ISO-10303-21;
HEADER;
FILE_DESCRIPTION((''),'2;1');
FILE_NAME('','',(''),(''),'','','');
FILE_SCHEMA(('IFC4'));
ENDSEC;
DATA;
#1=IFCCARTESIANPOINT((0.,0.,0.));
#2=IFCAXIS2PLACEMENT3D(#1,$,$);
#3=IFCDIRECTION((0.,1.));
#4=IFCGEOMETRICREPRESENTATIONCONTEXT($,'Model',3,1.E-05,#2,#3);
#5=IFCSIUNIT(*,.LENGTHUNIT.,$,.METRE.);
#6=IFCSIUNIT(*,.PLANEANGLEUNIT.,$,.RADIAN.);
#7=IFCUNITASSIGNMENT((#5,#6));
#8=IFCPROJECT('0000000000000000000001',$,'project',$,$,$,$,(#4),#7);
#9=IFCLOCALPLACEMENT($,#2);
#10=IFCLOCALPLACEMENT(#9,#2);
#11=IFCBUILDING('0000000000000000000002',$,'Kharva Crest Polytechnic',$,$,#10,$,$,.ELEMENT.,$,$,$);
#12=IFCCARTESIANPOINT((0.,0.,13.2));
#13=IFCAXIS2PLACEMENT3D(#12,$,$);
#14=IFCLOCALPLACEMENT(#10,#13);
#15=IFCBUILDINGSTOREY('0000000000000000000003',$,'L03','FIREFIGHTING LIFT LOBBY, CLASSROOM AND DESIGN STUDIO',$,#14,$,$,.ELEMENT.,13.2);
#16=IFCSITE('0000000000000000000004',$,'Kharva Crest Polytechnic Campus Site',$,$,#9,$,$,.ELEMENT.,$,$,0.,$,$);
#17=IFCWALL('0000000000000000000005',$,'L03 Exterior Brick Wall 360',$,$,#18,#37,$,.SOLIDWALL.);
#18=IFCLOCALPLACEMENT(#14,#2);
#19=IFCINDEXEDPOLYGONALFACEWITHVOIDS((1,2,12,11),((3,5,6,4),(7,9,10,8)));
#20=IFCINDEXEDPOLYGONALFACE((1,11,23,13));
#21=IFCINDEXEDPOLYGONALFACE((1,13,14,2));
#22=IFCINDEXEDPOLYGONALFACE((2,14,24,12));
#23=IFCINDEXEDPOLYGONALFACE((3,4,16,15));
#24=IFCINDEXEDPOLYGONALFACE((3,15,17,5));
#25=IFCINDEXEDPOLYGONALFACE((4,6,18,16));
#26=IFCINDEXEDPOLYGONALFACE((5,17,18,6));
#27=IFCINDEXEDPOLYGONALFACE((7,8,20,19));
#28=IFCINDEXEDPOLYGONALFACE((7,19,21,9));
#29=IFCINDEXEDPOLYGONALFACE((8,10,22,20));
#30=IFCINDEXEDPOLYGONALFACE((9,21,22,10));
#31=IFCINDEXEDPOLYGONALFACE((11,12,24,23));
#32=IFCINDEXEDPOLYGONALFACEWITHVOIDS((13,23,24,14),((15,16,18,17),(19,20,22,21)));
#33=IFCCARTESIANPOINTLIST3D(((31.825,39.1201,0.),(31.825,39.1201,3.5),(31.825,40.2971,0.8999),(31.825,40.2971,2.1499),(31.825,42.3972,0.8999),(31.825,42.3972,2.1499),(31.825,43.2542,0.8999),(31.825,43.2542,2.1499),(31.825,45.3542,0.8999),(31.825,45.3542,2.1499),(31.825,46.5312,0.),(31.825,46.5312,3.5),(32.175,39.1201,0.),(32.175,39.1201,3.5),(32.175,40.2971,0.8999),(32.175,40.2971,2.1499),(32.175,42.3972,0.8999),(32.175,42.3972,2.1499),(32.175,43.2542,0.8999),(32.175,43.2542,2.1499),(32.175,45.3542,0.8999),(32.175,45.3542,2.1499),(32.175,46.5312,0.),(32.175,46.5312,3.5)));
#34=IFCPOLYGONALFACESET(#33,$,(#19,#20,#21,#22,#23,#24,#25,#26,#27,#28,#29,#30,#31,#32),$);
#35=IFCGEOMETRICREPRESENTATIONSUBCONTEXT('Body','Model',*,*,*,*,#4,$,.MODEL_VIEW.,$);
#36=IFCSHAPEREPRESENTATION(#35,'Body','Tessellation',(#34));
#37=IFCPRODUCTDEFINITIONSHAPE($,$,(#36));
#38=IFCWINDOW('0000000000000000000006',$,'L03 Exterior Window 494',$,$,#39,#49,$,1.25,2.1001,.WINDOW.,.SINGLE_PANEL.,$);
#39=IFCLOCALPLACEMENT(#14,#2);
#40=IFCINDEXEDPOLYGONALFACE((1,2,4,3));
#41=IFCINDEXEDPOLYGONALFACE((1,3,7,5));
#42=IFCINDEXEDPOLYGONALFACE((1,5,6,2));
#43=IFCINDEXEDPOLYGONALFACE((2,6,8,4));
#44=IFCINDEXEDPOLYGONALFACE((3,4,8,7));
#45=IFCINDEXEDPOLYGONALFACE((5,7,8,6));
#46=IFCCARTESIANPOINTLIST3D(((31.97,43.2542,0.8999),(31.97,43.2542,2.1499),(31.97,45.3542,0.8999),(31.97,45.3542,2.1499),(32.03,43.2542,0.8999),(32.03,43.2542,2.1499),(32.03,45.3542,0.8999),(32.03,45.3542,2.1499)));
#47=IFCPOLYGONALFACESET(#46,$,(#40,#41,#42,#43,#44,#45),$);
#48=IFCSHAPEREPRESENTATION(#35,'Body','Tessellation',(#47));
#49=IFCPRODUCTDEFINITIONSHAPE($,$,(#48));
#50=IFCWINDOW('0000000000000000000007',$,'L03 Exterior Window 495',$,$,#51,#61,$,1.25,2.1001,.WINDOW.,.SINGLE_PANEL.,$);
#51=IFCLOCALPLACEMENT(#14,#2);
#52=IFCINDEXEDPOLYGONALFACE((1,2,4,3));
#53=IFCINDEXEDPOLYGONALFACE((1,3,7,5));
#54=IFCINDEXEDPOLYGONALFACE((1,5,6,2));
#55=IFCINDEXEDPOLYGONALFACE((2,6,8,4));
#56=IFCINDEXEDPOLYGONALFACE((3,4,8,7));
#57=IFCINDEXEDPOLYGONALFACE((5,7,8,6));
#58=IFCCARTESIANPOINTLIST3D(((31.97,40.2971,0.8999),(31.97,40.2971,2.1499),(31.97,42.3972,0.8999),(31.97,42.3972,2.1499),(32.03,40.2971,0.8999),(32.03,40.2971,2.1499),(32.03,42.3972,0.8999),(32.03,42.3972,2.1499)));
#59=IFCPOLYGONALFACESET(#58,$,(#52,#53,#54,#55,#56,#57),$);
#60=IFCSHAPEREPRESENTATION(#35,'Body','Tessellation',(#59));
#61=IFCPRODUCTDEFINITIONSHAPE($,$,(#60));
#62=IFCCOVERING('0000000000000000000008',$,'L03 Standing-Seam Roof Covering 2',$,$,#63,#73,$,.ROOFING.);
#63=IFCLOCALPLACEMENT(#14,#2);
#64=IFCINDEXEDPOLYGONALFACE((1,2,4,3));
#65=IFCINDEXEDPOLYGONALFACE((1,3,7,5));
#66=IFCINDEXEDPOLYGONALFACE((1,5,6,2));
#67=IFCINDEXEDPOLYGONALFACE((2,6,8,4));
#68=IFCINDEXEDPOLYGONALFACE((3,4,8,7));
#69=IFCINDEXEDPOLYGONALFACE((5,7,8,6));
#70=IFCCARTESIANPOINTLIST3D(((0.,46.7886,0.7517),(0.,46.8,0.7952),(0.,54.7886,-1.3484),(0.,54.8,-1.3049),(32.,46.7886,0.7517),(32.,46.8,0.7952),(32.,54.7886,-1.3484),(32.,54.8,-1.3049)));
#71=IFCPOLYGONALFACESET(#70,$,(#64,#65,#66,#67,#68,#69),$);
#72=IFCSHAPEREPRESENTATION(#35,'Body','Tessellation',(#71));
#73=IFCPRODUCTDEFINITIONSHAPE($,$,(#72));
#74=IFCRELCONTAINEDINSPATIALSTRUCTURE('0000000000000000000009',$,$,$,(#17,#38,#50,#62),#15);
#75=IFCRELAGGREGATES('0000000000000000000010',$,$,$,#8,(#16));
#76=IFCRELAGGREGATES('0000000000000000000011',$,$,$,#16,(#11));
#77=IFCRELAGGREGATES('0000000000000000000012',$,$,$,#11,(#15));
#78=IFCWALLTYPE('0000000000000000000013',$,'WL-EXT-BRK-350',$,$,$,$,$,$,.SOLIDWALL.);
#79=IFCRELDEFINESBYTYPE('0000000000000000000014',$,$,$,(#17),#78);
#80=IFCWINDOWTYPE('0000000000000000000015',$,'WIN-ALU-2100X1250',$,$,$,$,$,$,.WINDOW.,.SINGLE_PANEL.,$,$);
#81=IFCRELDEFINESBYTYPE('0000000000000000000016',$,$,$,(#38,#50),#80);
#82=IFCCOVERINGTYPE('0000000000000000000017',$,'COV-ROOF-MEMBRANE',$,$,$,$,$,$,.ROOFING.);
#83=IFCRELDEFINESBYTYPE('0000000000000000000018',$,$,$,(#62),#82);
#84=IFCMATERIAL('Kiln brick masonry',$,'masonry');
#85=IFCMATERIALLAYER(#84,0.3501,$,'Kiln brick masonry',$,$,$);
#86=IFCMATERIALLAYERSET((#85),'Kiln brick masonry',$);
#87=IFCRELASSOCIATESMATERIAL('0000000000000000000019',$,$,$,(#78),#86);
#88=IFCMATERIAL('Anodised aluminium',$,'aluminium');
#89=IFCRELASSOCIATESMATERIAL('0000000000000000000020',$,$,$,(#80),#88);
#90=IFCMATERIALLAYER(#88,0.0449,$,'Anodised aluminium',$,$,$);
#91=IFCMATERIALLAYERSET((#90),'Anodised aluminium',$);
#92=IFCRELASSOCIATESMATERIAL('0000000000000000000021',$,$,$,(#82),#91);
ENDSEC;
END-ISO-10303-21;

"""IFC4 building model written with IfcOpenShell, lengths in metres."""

from ifc_helpers import new_model, si_unit, direction, frame, frame_2d, origin, place, context, subcontext, project, spatial, polyline, rectangle, outline, extrude, material, layer, layer_set, type_object, element, fill, save


model = new_model("IFC4")

# Units and contexts
model_context = context("Model", 3, precision=1e-05, world=origin(), true_north=direction((0.0, 1.0)))
body_context = subcontext(model_context, "Body", "Model", "MODEL_VIEW")
ifc_project = project(units=[si_unit("LENGTHUNIT", "METRE"), si_unit("PLANEANGLEUNIT", "RADIAN")], contexts=[model_context])

# Site, building, storey
site_placement = place(None, origin())
site = spatial("IfcSite", under=ifc_project, at=site_placement, Name="Kharva Crest Polytechnic Campus Site", CompositionType="ELEMENT", RefElevation=0.0)
building_placement = place(site_placement, origin())
building = spatial("IfcBuilding", under=site, at=building_placement, Name="Kharva Crest Polytechnic", CompositionType="ELEMENT")
storey_placement = place(building_placement, frame((0.0, 0.0, 13.2)))
storey = spatial("IfcBuildingStorey", under=building, at=storey_placement, Name="L03", Description="FIREFIGHTING LIFT LOBBY, CLASSROOM AND DESIGN STUDIO", CompositionType="ELEMENT", Elevation=13.2)

# Wall, openings, windows
ifc_material_1 = material(Name="Kiln brick masonry", Category="masonry")
ifc_layer_1 = layer(ifc_material_1, 0.3501, Name="Kiln brick masonry")
ifc_layer_set_1 = layer_set([ifc_layer_1], Name="Kiln brick masonry")
wall_type = type_object("IfcWallType", Name="WL-EXT-BRK-350", PredefinedType="SOLIDWALL", material=ifc_layer_set_1)
wall_placement = place(storey_placement, frame((32.0, 46.5312, 0.0), z_axis=(0.0, 0.0, 1.0), x_axis=(0.0, -1.0, 0.0)))
wall = element("IfcWall", 1, at=wall_placement, inside=storey, type_object=wall_type, Name="L03 Exterior Brick Wall 360", PredefinedType="SOLIDWALL", context=body_context, shape_type="SweptSolid", body=[
    extrude(rectangle(XDim=7.4111, YDim=0.3501, at=frame_2d((3.7056, 0.0))), origin(), (0.0, 0.0, 1.0), 3.5),
])
opening_1_placement = place(wall_placement, frame((1.177, 0.0, 0.8999)))
opening_1 = element("IfcOpeningElement", 2, at=opening_1_placement, cuts=wall, PredefinedType="OPENING", context=body_context, shape_type="SweptSolid", body=[
    extrude(rectangle(XDim=2.1001, YDim=1.25, at=frame_2d((1.05, 0.625))), frame((0.0, 0.1851, 0.0), z_axis=(0.0, -1.0, 0.0), x_axis=(1.0, 0.0, 0.0)), (0.0, 0.0, 1.0), 0.3701),
])
opening_2_placement = place(wall_placement, frame((4.134, 0.0, 0.8999)))
opening_2 = element("IfcOpeningElement", 3, at=opening_2_placement, cuts=wall, PredefinedType="OPENING", context=body_context, shape_type="SweptSolid", body=[
    extrude(rectangle(XDim=2.1001, YDim=1.25, at=frame_2d((1.05, 0.625))), frame((0.0, 0.1851, 0.0), z_axis=(0.0, -1.0, 0.0), x_axis=(1.0, 0.0, 0.0)), (0.0, 0.0, 1.0), 0.3701),
])
ifc_material_2 = material(Name="Anodised aluminium", Category="aluminium")
window_type = type_object("IfcWindowType", Name="WIN-ALU-2100X1250", PartitioningType="SINGLE_PANEL", PredefinedType="WINDOW", material=ifc_material_2)
window_1_placement = place(opening_1_placement, origin())
window_1 = element("IfcWindow", 4, at=window_1_placement, inside=storey, type_object=window_type, Name="L03 Exterior Window 494", OverallHeight=1.25, OverallWidth=2.1001, PartitioningType="SINGLE_PANEL", PredefinedType="WINDOW", context=body_context, shape_type="SweptSolid", body=[
    extrude(rectangle(XDim=2.1001, YDim=1.25, at=frame_2d((1.05, 0.625))), frame((0.0, 0.03, 0.0), z_axis=(0.0, -1.0, 0.0), x_axis=(1.0, 0.0, 0.0)), (0.0, 0.0, 1.0), 0.0601),
])
fill(opening_1, window_1)
window_2_placement = place(opening_2_placement, origin())
window_2 = element("IfcWindow", 5, at=window_2_placement, inside=storey, type_object=window_type, Name="L03 Exterior Window 495", OverallHeight=1.25, OverallWidth=2.1001, PartitioningType="SINGLE_PANEL", PredefinedType="WINDOW", context=body_context, shape_type="SweptSolid", body=[
    extrude(rectangle(XDim=2.1001, YDim=1.25, at=frame_2d((1.05, 0.625))), frame((0.0, 0.03, 0.0), z_axis=(0.0, -1.0, 0.0), x_axis=(1.0, 0.0, 0.0)), (0.0, 0.0, 1.0), 0.0601),
])
fill(opening_2, window_2)

# Covering
ifc_layer_2 = layer(ifc_material_2, 0.0449, Name="Anodised aluminium")
ifc_layer_set_2 = layer_set([ifc_layer_2], Name="Anodised aluminium")
covering_type = type_object("IfcCoveringType", Name="COV-ROOF-MEMBRANE", PredefinedType="ROOFING", material=ifc_layer_set_2)
covering_placement = place(storey_placement, frame((0.0, 46.8, 0.7952), z_axis=(0.0, 0.253909, 0.967228), x_axis=(1.0, 0.0, 0.0)))
element("IfcCovering", 6, at=covering_placement, inside=storey, type_object=covering_type, Name="L03 Standing-Seam Roof Covering 2", PredefinedType="ROOFING", context=body_context, shape_type="SweptSolid", body=[
    extrude(outline(polyline([(0.0, 0.0), (32.0, 0.0), (32.0, 8.2711), (0.0, 8.2711), (0.0, 0.0)])), origin(), (0.0, 0.0, -1.0), 0.0449),
])

save(model, "model.ifc")
